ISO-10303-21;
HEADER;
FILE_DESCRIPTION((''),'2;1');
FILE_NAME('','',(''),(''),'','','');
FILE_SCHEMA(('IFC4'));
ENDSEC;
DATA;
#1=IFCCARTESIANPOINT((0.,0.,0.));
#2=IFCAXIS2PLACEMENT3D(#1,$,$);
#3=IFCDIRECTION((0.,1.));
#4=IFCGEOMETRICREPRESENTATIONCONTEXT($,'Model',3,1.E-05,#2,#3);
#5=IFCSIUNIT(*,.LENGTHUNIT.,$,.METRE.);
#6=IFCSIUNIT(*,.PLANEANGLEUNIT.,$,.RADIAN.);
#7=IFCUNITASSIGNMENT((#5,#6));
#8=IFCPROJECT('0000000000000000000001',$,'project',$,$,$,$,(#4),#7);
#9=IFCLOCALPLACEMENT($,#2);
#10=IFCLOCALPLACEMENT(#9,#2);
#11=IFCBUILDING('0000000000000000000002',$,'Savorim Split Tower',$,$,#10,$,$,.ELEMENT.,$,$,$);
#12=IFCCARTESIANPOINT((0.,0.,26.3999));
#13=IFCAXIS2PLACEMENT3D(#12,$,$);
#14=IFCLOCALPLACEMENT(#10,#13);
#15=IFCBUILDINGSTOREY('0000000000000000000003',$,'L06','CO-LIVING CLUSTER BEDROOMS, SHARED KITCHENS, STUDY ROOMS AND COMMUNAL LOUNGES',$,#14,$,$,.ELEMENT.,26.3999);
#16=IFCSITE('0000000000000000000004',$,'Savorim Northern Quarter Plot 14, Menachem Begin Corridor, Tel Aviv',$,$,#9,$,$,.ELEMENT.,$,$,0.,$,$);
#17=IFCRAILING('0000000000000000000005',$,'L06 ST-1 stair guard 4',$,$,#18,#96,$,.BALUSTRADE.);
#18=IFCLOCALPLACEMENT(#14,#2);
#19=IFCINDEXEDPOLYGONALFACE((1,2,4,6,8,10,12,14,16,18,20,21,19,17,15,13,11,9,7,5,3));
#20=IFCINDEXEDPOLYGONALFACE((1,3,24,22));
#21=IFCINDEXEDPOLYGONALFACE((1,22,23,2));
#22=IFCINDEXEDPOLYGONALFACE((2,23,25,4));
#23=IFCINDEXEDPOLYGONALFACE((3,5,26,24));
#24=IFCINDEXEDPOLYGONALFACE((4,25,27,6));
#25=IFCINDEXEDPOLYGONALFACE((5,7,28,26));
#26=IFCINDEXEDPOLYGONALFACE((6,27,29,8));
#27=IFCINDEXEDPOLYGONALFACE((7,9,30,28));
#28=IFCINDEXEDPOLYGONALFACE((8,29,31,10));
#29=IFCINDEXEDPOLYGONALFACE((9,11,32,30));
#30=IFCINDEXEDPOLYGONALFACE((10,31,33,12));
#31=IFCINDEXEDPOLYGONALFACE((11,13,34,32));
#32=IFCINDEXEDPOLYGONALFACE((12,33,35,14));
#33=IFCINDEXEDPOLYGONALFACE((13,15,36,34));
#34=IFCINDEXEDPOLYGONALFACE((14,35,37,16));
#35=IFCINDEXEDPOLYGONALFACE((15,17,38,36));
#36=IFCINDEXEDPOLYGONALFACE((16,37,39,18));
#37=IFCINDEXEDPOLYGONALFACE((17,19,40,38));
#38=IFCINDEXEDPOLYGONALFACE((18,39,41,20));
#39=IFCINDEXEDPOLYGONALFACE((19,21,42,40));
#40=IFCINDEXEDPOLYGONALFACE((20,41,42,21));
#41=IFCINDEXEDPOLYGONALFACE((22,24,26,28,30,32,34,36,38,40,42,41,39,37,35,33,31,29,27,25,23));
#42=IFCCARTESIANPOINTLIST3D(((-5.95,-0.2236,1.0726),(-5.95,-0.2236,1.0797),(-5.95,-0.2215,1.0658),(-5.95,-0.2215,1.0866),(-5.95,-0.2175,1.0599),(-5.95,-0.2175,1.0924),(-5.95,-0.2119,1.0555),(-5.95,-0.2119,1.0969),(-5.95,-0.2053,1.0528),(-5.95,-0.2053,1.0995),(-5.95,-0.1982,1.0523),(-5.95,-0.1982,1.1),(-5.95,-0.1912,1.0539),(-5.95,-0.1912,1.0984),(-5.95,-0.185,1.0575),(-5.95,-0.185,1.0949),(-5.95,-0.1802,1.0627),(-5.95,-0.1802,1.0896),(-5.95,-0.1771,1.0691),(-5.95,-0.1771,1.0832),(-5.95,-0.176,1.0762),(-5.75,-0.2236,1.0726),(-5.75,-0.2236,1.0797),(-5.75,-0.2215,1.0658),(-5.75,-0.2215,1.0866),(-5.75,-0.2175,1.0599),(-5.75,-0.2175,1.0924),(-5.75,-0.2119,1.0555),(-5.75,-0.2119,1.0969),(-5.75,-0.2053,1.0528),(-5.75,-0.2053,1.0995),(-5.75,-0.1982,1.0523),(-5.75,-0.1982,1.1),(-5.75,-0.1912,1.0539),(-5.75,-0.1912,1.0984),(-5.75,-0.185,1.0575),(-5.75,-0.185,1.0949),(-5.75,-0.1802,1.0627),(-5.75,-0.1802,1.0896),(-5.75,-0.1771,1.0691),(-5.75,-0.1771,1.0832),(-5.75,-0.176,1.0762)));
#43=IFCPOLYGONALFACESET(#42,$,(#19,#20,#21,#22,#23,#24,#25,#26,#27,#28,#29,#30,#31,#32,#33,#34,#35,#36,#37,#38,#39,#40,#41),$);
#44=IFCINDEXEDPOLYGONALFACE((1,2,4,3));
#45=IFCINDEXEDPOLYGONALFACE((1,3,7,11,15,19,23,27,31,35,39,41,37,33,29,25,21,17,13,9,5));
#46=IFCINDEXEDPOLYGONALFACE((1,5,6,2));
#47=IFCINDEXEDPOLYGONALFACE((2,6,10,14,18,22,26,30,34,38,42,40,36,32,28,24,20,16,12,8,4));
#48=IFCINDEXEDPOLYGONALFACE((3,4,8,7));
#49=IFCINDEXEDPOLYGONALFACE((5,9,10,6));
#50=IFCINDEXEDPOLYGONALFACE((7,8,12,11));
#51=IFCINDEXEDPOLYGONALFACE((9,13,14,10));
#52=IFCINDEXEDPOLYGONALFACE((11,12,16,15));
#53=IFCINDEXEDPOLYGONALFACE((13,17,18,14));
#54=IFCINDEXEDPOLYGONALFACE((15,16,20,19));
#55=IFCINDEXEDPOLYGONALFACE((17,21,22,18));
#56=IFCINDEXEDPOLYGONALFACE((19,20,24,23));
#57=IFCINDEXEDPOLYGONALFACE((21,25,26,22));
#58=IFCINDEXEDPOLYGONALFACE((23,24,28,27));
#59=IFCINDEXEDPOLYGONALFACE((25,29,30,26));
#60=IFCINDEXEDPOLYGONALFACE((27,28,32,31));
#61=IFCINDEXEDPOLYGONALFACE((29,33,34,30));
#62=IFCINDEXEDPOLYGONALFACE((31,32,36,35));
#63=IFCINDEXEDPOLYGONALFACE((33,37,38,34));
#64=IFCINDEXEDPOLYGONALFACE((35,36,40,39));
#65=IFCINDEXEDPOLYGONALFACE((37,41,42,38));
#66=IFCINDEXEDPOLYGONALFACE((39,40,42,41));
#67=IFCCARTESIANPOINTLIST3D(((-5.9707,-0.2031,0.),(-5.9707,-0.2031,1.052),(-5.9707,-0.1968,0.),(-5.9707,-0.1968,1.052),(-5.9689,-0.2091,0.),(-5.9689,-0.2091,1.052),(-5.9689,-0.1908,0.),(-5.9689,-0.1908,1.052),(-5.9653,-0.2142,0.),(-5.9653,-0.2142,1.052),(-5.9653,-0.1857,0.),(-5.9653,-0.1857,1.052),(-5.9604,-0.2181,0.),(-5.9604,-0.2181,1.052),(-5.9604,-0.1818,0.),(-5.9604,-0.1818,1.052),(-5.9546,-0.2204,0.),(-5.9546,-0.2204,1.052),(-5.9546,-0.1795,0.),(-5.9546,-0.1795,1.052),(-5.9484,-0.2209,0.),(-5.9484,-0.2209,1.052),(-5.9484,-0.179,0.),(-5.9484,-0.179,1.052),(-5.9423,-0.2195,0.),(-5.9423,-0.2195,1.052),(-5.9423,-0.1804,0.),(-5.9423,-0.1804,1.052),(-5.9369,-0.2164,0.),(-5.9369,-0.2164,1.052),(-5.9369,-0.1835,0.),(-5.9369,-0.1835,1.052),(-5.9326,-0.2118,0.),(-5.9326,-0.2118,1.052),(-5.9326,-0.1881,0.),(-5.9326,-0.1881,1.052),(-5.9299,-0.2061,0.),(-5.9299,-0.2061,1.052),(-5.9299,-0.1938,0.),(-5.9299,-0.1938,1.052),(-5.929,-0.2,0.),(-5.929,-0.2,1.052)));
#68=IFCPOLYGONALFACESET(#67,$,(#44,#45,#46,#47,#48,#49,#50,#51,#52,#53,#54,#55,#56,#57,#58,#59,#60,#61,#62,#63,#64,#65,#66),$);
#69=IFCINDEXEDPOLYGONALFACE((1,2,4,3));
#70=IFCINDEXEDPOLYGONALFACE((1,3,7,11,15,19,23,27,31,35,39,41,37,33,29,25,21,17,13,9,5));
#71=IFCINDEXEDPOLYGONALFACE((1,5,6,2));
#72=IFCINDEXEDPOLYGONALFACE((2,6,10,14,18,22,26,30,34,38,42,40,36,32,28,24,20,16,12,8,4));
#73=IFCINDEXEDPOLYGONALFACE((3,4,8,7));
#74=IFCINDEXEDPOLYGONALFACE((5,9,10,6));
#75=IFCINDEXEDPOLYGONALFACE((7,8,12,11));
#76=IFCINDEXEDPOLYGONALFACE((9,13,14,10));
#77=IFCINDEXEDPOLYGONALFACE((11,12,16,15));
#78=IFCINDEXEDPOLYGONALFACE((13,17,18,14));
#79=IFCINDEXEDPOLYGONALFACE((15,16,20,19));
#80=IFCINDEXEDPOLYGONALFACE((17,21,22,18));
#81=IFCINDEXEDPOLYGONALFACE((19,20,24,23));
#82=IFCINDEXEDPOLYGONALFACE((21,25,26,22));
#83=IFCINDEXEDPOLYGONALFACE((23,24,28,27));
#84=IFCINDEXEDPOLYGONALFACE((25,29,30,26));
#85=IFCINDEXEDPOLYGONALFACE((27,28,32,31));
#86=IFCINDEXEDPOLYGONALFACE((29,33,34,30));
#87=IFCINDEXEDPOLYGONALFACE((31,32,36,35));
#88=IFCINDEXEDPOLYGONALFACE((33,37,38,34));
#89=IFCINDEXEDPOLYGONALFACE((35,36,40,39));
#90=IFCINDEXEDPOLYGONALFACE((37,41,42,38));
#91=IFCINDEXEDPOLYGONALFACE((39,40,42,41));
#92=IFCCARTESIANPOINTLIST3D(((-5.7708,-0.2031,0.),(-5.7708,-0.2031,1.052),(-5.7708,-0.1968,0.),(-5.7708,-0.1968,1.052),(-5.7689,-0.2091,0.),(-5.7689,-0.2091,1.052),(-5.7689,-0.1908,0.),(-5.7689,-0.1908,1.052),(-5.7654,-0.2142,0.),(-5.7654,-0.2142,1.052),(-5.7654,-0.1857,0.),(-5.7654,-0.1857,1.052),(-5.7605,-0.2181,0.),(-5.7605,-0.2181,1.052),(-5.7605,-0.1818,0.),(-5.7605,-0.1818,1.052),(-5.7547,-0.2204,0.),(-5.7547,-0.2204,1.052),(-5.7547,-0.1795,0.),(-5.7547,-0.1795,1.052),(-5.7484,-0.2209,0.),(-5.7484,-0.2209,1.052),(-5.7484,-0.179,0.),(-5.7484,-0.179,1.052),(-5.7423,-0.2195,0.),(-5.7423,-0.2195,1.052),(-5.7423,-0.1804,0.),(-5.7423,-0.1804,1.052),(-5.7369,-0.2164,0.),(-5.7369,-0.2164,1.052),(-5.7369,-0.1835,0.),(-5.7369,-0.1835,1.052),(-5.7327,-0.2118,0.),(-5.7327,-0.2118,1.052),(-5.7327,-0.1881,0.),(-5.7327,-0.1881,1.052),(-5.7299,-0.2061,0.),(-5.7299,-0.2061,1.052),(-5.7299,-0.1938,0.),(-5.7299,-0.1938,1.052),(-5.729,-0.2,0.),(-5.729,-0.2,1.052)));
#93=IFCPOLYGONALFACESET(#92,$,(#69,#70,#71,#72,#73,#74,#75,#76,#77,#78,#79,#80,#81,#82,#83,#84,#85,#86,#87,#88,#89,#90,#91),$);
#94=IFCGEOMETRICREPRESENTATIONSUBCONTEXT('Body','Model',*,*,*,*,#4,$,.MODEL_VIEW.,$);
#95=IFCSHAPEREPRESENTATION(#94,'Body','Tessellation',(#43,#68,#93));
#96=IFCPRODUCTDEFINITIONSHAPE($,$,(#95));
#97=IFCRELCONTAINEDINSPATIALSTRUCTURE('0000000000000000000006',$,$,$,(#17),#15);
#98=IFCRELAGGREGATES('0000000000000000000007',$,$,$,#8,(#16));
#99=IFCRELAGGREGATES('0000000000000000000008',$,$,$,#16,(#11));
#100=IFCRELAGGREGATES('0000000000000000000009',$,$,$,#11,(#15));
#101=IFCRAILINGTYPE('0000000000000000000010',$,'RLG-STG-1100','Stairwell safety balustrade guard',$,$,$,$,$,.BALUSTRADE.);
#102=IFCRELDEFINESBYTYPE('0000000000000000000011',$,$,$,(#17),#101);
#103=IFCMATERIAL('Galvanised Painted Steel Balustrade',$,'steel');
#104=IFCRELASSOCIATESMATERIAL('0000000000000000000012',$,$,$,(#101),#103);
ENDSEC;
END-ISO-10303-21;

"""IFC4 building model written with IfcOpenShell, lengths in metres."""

from ifc_helpers import new_model, si_unit, direction, frame, origin, origin_2d, place, context, subcontext, project, spatial, circle, extrude, material, type_object, element, save


model = new_model("IFC4")

# Units and contexts
model_context = context("Model", 3, precision=1e-05, world=origin(), true_north=direction((0.0, 1.0)))
body_context = subcontext(model_context, "Body", "Model", "MODEL_VIEW")
ifc_project = project(units=[si_unit("LENGTHUNIT", "METRE"), si_unit("PLANEANGLEUNIT", "RADIAN")], contexts=[model_context])

# Site, building, storey
site_placement = place(None, origin())
site = spatial("IfcSite", under=ifc_project, at=site_placement, Name="Savorim Northern Quarter Plot 14, Menachem Begin Corridor, Tel Aviv", CompositionType="ELEMENT", RefElevation=0.0)
building_placement = place(site_placement, origin())
building = spatial("IfcBuilding", under=site, at=building_placement, Name="Savorim Split Tower", CompositionType="ELEMENT")
storey_placement = place(building_placement, frame((0.0, 0.0, 26.3999)))
storey = spatial("IfcBuildingStorey", under=building, at=storey_placement, Name="L06", Description="CO-LIVING CLUSTER BEDROOMS, SHARED KITCHENS, STUDY ROOMS AND COMMUNAL LOUNGES", CompositionType="ELEMENT", Elevation=26.3999)

# Railing
ifc_material_1 = material(Name="Galvanised Painted Steel Balustrade", Category="steel")
railing_type_1 = type_object("IfcRailingType", Name="RLG-STG-1100", Description="Stairwell safety balustrade guard", PredefinedType="BALUSTRADE", material=ifc_material_1)
railing_1_placement = place(storey_placement, frame((-5.95, -0.2, 0.0)))
element("IfcRailing", 1, at=railing_1_placement, inside=storey, type_object=railing_type_1, Name="L06 ST-1 stair guard 4", PredefinedType="BALUSTRADE", context=body_context, shape_type="SweptSolid", body=[
    extrude(circle(Radius=0.0239, at=origin_2d()), frame((0.0, 0.0, 1.0762), z_axis=(1.0, 0.0, 0.0), x_axis=(0.0, 1.0, 0.0)), (0.0, 0.0, 1.0), 0.2),
    extrude(circle(Radius=0.021, at=origin_2d()), origin(), (0.0, 0.0, 1.0), 1.052),
    extrude(circle(Radius=0.021, at=origin_2d()), frame((0.2, 0.0, 0.0)), (0.0, 0.0, 1.0), 1.052),
])

save(model, "model.ifc")
